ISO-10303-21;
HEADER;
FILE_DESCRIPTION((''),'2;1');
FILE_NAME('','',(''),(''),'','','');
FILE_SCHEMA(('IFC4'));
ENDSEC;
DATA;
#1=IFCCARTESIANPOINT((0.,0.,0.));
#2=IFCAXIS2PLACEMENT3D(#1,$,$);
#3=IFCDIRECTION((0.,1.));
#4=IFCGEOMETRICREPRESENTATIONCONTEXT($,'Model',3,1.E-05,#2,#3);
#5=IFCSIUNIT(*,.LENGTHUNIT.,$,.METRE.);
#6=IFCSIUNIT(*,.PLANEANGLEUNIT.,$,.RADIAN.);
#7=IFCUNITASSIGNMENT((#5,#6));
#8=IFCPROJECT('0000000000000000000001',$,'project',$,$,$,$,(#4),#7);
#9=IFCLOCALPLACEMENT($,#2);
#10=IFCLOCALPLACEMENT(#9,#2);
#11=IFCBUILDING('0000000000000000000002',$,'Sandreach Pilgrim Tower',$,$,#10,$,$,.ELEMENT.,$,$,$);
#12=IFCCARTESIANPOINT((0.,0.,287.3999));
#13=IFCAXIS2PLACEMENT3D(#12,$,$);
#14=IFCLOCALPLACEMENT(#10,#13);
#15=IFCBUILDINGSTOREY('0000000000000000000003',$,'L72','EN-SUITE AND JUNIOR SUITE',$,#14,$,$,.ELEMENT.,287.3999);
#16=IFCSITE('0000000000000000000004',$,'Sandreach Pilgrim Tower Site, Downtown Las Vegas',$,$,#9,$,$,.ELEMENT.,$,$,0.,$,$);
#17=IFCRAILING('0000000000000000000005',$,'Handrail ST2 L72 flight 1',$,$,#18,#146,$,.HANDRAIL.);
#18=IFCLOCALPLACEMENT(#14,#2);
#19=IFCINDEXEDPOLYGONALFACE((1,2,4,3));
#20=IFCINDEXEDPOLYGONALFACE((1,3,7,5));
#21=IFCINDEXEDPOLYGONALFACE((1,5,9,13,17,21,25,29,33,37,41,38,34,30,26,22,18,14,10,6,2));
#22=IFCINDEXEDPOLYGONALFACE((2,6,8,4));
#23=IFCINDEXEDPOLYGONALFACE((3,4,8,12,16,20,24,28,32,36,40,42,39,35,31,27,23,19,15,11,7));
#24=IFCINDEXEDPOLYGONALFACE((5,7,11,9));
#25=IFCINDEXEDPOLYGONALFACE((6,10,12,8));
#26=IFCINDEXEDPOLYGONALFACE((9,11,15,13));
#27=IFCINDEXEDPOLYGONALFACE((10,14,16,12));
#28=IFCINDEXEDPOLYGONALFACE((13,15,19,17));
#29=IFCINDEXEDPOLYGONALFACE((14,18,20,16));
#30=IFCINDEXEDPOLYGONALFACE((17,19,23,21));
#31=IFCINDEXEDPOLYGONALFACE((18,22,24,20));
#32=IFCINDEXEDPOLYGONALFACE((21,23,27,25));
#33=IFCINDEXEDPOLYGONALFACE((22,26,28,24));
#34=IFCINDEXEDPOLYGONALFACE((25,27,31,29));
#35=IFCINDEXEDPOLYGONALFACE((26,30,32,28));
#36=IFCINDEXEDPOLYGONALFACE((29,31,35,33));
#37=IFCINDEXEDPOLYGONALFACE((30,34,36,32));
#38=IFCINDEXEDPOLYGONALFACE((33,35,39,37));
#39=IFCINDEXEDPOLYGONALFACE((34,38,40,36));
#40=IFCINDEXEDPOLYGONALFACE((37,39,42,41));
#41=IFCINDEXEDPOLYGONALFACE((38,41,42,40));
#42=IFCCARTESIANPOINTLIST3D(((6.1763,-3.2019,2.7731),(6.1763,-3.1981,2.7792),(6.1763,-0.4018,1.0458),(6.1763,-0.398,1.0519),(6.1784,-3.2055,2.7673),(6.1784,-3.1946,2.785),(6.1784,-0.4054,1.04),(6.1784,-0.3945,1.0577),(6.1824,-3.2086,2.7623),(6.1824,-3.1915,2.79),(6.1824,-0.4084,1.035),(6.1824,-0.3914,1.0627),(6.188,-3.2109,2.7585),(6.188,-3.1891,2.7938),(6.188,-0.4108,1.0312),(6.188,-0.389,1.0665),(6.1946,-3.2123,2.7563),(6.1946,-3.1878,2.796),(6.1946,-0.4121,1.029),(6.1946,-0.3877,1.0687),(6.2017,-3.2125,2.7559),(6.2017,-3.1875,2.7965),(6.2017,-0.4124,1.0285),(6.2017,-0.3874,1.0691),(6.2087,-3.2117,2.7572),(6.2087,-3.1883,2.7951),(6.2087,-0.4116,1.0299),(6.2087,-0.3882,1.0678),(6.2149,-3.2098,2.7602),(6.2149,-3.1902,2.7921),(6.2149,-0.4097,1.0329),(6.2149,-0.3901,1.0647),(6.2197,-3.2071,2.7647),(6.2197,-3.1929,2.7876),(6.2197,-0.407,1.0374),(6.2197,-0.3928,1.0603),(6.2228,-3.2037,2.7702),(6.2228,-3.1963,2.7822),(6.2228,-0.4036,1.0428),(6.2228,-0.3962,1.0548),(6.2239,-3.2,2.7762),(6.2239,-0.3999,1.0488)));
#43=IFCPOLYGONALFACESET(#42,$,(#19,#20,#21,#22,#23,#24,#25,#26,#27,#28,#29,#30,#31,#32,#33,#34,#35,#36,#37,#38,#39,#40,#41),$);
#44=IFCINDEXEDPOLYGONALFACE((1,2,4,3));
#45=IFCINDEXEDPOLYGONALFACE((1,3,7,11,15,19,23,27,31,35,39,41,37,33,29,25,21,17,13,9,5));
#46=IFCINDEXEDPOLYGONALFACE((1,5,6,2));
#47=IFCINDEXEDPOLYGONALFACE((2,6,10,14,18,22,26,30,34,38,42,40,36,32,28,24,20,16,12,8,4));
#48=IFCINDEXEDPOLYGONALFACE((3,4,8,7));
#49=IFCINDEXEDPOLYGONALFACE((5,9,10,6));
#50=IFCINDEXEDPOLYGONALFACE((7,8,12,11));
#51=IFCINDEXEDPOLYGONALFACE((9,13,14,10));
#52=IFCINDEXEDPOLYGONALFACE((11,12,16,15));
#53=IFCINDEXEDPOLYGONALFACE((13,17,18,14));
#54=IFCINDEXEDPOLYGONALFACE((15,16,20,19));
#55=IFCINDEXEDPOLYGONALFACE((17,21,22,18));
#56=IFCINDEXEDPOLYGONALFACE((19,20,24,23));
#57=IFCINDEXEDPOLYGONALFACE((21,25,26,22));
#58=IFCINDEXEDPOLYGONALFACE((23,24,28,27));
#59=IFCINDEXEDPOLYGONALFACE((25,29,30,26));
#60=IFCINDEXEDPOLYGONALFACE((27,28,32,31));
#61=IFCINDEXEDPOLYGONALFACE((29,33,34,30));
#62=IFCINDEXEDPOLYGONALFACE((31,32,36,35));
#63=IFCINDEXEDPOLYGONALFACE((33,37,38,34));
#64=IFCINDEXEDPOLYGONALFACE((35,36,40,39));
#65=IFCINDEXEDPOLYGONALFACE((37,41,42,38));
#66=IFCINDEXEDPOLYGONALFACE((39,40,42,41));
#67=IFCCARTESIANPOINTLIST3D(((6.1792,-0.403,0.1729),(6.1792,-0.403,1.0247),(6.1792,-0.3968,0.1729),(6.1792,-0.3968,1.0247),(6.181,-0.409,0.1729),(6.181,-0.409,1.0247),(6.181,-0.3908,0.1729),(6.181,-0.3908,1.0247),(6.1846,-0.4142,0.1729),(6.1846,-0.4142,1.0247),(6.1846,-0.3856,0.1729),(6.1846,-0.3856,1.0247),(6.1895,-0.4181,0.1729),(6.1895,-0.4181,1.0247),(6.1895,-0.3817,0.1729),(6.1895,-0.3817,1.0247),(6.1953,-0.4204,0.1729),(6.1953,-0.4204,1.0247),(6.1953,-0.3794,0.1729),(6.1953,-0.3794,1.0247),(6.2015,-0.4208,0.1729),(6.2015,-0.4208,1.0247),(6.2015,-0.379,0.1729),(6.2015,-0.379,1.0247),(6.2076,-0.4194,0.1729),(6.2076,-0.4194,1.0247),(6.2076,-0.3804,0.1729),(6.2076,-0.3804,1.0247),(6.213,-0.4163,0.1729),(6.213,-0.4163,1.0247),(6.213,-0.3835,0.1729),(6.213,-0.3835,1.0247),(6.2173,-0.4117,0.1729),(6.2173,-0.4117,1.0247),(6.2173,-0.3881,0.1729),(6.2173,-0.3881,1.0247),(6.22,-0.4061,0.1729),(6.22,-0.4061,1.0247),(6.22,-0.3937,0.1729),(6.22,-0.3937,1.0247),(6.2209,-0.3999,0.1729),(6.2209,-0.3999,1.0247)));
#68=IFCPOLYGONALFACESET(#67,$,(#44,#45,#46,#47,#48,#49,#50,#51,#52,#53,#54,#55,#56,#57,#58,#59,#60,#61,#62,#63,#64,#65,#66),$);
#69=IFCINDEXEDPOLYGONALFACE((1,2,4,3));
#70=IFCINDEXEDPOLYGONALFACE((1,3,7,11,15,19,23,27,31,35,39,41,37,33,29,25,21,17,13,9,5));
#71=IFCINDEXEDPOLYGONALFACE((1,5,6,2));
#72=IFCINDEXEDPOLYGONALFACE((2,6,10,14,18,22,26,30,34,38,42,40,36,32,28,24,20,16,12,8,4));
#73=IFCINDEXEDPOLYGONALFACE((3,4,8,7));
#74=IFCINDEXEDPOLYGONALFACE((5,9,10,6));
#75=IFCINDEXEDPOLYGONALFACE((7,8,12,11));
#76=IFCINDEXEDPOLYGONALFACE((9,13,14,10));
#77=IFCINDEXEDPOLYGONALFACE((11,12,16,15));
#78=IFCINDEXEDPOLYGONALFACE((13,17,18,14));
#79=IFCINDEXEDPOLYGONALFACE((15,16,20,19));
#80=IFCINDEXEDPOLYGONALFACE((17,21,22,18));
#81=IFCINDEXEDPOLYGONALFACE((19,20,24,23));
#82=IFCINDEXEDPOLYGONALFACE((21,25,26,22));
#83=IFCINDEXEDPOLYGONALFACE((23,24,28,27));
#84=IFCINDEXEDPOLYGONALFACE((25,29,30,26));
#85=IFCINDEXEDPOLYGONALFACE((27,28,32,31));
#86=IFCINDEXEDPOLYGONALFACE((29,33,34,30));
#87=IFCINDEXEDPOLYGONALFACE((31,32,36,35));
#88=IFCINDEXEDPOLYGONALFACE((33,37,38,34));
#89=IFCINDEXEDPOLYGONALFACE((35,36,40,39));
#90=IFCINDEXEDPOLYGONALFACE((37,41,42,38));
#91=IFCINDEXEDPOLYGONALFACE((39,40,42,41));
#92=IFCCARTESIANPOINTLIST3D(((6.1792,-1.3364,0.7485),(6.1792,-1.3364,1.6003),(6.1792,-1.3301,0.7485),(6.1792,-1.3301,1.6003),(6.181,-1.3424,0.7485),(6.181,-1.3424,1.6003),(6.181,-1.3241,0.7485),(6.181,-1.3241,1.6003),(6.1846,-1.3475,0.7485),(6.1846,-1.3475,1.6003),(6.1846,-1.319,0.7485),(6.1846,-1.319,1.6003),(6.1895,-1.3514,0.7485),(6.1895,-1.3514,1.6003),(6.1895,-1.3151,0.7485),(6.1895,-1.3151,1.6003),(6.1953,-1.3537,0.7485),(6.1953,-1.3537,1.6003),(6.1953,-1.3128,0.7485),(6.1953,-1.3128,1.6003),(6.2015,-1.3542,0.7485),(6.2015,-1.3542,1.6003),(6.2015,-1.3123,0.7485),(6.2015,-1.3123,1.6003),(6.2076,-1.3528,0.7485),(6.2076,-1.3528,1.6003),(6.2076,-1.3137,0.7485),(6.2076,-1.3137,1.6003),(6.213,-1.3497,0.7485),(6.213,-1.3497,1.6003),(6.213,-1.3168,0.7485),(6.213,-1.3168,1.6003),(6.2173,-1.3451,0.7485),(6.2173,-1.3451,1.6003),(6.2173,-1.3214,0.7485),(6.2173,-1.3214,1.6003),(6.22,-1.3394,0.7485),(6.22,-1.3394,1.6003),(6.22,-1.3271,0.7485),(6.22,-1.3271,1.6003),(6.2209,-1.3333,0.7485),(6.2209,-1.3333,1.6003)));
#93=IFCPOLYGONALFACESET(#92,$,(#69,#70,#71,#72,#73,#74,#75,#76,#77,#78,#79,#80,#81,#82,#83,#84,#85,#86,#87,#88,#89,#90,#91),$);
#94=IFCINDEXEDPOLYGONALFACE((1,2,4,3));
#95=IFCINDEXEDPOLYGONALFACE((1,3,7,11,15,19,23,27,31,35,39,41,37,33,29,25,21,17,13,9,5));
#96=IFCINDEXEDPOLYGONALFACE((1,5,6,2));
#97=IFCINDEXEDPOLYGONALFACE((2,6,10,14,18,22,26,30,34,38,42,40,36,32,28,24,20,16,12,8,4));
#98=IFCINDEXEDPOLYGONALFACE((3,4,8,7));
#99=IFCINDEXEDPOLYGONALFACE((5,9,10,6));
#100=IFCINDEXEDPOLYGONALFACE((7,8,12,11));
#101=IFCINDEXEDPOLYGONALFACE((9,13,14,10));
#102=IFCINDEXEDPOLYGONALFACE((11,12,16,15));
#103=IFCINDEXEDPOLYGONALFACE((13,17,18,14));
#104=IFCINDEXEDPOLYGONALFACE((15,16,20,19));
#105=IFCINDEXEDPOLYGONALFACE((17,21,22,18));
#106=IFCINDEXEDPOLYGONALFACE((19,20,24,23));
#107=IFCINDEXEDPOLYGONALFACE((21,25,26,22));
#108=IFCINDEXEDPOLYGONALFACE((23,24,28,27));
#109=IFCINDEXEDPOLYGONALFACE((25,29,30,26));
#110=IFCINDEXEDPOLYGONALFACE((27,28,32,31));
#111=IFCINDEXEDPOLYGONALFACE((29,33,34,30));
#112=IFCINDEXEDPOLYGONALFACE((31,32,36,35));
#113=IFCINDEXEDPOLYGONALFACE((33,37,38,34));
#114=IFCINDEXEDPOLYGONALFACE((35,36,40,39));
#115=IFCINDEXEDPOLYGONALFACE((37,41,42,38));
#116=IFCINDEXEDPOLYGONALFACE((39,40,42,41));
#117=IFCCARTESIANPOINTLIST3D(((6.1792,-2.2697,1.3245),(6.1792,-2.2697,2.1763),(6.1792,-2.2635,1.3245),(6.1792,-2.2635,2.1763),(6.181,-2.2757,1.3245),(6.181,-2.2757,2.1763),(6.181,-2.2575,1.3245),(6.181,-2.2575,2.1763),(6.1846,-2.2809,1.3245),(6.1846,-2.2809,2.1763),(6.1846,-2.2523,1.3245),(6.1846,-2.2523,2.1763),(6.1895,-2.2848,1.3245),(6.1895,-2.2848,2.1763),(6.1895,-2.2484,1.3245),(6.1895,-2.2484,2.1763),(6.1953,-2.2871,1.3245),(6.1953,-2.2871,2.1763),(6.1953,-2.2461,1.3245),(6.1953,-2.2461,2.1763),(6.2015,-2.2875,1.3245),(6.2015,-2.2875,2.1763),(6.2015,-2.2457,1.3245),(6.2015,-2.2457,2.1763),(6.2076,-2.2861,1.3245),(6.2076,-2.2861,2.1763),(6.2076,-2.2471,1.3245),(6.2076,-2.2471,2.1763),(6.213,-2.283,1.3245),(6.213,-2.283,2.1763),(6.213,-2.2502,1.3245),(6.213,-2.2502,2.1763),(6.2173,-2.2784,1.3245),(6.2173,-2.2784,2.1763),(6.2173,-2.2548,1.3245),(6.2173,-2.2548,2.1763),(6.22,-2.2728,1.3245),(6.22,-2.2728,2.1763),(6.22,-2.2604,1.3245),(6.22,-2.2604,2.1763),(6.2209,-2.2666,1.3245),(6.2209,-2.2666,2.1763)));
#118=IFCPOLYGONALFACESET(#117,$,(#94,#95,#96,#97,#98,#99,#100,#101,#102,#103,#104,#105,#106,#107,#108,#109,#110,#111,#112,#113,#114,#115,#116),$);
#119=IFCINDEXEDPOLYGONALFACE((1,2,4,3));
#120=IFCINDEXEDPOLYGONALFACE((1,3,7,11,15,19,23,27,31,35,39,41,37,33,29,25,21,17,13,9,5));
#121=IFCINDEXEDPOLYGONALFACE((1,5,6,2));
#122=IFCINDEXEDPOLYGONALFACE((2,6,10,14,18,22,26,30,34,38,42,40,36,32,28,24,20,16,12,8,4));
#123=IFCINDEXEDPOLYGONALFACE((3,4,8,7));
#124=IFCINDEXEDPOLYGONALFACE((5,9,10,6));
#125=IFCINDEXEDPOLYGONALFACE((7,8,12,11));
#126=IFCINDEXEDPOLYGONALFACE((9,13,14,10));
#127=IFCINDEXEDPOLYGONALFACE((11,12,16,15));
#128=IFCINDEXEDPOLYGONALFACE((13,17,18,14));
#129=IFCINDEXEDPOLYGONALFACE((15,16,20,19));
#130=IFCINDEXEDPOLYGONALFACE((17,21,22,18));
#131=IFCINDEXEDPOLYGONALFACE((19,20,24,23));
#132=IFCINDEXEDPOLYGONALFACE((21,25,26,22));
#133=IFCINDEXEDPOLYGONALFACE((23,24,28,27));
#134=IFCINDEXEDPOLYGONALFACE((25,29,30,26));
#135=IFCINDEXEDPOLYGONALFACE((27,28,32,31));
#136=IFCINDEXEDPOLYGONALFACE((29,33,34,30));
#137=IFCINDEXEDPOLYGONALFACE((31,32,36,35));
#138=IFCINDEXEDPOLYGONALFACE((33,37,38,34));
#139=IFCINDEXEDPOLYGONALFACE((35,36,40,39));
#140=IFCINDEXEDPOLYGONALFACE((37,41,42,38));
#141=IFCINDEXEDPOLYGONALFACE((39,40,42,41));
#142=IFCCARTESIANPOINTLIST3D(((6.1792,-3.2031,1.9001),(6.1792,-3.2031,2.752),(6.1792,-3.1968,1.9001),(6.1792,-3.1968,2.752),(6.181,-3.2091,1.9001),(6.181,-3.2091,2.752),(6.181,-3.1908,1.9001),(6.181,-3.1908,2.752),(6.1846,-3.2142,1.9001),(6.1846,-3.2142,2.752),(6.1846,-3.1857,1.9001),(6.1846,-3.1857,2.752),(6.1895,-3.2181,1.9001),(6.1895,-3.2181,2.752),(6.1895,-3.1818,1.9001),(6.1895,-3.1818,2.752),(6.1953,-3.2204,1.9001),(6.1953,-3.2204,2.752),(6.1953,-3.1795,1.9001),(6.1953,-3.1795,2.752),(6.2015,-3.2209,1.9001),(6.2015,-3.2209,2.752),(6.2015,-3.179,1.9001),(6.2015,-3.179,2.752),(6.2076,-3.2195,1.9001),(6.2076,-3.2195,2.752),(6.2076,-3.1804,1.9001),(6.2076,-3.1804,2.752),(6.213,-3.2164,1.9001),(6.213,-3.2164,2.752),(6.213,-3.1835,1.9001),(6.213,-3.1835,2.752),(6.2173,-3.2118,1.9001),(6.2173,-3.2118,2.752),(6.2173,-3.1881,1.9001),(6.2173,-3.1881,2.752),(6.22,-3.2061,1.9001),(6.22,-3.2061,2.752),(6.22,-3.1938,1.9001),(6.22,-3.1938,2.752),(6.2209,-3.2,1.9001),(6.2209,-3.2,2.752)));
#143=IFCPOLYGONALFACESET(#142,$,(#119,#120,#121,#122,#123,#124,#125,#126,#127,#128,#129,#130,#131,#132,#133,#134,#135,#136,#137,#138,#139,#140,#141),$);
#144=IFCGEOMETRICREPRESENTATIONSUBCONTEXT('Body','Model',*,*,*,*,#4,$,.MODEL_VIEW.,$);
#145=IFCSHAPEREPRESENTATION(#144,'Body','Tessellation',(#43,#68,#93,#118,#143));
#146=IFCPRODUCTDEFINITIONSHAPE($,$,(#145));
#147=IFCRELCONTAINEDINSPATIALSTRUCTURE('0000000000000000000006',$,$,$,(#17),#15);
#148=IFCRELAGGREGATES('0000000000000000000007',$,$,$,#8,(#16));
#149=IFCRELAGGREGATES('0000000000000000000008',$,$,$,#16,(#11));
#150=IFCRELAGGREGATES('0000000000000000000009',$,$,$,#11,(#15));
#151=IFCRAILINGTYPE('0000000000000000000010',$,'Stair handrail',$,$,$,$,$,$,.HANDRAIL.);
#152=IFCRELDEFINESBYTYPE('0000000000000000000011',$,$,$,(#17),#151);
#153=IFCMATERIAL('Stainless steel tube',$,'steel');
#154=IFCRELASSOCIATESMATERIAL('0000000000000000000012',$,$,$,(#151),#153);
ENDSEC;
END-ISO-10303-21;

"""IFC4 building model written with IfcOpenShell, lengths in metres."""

from ifc_helpers import new_model, si_unit, direction, frame, origin, origin_2d, place, context, subcontext, project, spatial, circle, extrude, material, type_object, element, save


model = new_model("IFC4")

# Units and contexts
model_context = context("Model", 3, precision=1e-05, world=origin(), true_north=direction((0.0, 1.0)))
body_context = subcontext(model_context, "Body", "Model", "MODEL_VIEW")
ifc_project = project(units=[si_unit("LENGTHUNIT", "METRE"), si_unit("PLANEANGLEUNIT", "RADIAN")], contexts=[model_context])

# Site, building, storey
site_placement = place(None, origin())
site = spatial("IfcSite", under=ifc_project, at=site_placement, Name="Sandreach Pilgrim Tower Site, Downtown Las Vegas", CompositionType="ELEMENT", RefElevation=0.0)
building_placement = place(site_placement, origin())
building = spatial("IfcBuilding", under=site, at=building_placement, Name="Sandreach Pilgrim Tower", CompositionType="ELEMENT")
storey_placement = place(building_placement, frame((0.0, 0.0, 287.3999)))
storey = spatial("IfcBuildingStorey", under=building, at=storey_placement, Name="L72", Description="EN-SUITE AND JUNIOR SUITE", CompositionType="ELEMENT", Elevation=287.3999)

# Railing
ifc_material_1 = material(Name="Stainless steel tube", Category="steel")
railing_type = type_object("IfcRailingType", Name="Stair handrail", PredefinedType="HANDRAIL", material=ifc_material_1)
for number, where, name in (
    (1, (6.2, -0.3999, 0.1729), "Handrail ST2 L72 flight 1"),
):
    element("IfcRailing", number, at=place(storey_placement, frame(where)), inside=storey, type_object=railing_type, Name=name, PredefinedType="HANDRAIL", context=body_context, shape_type="SweptSolid", body=[
        extrude(circle(Radius=0.0239, at=origin_2d()), frame((0.0, 0.0, 0.876), z_axis=(0.0, -0.85109, 0.52502), x_axis=(1.0, 0.0, 0.0)), (0.0, 0.0, 1.0), 3.29),
        extrude(circle(Radius=0.021, at=origin_2d()), origin(), (0.0, 0.0, 1.0), 0.8518),
        extrude(circle(Radius=0.021, at=origin_2d()), frame((0.0, -0.9333, 0.5757)), (0.0, 0.0, 1.0), 0.8518),
        extrude(circle(Radius=0.021, at=origin_2d()), frame((0.0, -1.8667, 1.1516)), (0.0, 0.0, 1.0), 0.8518),
        extrude(circle(Radius=0.021, at=origin_2d()), frame((0.0, -2.8, 1.7273)), (0.0, 0.0, 1.0), 0.8518),
    ])

save(model, "model.ifc")
